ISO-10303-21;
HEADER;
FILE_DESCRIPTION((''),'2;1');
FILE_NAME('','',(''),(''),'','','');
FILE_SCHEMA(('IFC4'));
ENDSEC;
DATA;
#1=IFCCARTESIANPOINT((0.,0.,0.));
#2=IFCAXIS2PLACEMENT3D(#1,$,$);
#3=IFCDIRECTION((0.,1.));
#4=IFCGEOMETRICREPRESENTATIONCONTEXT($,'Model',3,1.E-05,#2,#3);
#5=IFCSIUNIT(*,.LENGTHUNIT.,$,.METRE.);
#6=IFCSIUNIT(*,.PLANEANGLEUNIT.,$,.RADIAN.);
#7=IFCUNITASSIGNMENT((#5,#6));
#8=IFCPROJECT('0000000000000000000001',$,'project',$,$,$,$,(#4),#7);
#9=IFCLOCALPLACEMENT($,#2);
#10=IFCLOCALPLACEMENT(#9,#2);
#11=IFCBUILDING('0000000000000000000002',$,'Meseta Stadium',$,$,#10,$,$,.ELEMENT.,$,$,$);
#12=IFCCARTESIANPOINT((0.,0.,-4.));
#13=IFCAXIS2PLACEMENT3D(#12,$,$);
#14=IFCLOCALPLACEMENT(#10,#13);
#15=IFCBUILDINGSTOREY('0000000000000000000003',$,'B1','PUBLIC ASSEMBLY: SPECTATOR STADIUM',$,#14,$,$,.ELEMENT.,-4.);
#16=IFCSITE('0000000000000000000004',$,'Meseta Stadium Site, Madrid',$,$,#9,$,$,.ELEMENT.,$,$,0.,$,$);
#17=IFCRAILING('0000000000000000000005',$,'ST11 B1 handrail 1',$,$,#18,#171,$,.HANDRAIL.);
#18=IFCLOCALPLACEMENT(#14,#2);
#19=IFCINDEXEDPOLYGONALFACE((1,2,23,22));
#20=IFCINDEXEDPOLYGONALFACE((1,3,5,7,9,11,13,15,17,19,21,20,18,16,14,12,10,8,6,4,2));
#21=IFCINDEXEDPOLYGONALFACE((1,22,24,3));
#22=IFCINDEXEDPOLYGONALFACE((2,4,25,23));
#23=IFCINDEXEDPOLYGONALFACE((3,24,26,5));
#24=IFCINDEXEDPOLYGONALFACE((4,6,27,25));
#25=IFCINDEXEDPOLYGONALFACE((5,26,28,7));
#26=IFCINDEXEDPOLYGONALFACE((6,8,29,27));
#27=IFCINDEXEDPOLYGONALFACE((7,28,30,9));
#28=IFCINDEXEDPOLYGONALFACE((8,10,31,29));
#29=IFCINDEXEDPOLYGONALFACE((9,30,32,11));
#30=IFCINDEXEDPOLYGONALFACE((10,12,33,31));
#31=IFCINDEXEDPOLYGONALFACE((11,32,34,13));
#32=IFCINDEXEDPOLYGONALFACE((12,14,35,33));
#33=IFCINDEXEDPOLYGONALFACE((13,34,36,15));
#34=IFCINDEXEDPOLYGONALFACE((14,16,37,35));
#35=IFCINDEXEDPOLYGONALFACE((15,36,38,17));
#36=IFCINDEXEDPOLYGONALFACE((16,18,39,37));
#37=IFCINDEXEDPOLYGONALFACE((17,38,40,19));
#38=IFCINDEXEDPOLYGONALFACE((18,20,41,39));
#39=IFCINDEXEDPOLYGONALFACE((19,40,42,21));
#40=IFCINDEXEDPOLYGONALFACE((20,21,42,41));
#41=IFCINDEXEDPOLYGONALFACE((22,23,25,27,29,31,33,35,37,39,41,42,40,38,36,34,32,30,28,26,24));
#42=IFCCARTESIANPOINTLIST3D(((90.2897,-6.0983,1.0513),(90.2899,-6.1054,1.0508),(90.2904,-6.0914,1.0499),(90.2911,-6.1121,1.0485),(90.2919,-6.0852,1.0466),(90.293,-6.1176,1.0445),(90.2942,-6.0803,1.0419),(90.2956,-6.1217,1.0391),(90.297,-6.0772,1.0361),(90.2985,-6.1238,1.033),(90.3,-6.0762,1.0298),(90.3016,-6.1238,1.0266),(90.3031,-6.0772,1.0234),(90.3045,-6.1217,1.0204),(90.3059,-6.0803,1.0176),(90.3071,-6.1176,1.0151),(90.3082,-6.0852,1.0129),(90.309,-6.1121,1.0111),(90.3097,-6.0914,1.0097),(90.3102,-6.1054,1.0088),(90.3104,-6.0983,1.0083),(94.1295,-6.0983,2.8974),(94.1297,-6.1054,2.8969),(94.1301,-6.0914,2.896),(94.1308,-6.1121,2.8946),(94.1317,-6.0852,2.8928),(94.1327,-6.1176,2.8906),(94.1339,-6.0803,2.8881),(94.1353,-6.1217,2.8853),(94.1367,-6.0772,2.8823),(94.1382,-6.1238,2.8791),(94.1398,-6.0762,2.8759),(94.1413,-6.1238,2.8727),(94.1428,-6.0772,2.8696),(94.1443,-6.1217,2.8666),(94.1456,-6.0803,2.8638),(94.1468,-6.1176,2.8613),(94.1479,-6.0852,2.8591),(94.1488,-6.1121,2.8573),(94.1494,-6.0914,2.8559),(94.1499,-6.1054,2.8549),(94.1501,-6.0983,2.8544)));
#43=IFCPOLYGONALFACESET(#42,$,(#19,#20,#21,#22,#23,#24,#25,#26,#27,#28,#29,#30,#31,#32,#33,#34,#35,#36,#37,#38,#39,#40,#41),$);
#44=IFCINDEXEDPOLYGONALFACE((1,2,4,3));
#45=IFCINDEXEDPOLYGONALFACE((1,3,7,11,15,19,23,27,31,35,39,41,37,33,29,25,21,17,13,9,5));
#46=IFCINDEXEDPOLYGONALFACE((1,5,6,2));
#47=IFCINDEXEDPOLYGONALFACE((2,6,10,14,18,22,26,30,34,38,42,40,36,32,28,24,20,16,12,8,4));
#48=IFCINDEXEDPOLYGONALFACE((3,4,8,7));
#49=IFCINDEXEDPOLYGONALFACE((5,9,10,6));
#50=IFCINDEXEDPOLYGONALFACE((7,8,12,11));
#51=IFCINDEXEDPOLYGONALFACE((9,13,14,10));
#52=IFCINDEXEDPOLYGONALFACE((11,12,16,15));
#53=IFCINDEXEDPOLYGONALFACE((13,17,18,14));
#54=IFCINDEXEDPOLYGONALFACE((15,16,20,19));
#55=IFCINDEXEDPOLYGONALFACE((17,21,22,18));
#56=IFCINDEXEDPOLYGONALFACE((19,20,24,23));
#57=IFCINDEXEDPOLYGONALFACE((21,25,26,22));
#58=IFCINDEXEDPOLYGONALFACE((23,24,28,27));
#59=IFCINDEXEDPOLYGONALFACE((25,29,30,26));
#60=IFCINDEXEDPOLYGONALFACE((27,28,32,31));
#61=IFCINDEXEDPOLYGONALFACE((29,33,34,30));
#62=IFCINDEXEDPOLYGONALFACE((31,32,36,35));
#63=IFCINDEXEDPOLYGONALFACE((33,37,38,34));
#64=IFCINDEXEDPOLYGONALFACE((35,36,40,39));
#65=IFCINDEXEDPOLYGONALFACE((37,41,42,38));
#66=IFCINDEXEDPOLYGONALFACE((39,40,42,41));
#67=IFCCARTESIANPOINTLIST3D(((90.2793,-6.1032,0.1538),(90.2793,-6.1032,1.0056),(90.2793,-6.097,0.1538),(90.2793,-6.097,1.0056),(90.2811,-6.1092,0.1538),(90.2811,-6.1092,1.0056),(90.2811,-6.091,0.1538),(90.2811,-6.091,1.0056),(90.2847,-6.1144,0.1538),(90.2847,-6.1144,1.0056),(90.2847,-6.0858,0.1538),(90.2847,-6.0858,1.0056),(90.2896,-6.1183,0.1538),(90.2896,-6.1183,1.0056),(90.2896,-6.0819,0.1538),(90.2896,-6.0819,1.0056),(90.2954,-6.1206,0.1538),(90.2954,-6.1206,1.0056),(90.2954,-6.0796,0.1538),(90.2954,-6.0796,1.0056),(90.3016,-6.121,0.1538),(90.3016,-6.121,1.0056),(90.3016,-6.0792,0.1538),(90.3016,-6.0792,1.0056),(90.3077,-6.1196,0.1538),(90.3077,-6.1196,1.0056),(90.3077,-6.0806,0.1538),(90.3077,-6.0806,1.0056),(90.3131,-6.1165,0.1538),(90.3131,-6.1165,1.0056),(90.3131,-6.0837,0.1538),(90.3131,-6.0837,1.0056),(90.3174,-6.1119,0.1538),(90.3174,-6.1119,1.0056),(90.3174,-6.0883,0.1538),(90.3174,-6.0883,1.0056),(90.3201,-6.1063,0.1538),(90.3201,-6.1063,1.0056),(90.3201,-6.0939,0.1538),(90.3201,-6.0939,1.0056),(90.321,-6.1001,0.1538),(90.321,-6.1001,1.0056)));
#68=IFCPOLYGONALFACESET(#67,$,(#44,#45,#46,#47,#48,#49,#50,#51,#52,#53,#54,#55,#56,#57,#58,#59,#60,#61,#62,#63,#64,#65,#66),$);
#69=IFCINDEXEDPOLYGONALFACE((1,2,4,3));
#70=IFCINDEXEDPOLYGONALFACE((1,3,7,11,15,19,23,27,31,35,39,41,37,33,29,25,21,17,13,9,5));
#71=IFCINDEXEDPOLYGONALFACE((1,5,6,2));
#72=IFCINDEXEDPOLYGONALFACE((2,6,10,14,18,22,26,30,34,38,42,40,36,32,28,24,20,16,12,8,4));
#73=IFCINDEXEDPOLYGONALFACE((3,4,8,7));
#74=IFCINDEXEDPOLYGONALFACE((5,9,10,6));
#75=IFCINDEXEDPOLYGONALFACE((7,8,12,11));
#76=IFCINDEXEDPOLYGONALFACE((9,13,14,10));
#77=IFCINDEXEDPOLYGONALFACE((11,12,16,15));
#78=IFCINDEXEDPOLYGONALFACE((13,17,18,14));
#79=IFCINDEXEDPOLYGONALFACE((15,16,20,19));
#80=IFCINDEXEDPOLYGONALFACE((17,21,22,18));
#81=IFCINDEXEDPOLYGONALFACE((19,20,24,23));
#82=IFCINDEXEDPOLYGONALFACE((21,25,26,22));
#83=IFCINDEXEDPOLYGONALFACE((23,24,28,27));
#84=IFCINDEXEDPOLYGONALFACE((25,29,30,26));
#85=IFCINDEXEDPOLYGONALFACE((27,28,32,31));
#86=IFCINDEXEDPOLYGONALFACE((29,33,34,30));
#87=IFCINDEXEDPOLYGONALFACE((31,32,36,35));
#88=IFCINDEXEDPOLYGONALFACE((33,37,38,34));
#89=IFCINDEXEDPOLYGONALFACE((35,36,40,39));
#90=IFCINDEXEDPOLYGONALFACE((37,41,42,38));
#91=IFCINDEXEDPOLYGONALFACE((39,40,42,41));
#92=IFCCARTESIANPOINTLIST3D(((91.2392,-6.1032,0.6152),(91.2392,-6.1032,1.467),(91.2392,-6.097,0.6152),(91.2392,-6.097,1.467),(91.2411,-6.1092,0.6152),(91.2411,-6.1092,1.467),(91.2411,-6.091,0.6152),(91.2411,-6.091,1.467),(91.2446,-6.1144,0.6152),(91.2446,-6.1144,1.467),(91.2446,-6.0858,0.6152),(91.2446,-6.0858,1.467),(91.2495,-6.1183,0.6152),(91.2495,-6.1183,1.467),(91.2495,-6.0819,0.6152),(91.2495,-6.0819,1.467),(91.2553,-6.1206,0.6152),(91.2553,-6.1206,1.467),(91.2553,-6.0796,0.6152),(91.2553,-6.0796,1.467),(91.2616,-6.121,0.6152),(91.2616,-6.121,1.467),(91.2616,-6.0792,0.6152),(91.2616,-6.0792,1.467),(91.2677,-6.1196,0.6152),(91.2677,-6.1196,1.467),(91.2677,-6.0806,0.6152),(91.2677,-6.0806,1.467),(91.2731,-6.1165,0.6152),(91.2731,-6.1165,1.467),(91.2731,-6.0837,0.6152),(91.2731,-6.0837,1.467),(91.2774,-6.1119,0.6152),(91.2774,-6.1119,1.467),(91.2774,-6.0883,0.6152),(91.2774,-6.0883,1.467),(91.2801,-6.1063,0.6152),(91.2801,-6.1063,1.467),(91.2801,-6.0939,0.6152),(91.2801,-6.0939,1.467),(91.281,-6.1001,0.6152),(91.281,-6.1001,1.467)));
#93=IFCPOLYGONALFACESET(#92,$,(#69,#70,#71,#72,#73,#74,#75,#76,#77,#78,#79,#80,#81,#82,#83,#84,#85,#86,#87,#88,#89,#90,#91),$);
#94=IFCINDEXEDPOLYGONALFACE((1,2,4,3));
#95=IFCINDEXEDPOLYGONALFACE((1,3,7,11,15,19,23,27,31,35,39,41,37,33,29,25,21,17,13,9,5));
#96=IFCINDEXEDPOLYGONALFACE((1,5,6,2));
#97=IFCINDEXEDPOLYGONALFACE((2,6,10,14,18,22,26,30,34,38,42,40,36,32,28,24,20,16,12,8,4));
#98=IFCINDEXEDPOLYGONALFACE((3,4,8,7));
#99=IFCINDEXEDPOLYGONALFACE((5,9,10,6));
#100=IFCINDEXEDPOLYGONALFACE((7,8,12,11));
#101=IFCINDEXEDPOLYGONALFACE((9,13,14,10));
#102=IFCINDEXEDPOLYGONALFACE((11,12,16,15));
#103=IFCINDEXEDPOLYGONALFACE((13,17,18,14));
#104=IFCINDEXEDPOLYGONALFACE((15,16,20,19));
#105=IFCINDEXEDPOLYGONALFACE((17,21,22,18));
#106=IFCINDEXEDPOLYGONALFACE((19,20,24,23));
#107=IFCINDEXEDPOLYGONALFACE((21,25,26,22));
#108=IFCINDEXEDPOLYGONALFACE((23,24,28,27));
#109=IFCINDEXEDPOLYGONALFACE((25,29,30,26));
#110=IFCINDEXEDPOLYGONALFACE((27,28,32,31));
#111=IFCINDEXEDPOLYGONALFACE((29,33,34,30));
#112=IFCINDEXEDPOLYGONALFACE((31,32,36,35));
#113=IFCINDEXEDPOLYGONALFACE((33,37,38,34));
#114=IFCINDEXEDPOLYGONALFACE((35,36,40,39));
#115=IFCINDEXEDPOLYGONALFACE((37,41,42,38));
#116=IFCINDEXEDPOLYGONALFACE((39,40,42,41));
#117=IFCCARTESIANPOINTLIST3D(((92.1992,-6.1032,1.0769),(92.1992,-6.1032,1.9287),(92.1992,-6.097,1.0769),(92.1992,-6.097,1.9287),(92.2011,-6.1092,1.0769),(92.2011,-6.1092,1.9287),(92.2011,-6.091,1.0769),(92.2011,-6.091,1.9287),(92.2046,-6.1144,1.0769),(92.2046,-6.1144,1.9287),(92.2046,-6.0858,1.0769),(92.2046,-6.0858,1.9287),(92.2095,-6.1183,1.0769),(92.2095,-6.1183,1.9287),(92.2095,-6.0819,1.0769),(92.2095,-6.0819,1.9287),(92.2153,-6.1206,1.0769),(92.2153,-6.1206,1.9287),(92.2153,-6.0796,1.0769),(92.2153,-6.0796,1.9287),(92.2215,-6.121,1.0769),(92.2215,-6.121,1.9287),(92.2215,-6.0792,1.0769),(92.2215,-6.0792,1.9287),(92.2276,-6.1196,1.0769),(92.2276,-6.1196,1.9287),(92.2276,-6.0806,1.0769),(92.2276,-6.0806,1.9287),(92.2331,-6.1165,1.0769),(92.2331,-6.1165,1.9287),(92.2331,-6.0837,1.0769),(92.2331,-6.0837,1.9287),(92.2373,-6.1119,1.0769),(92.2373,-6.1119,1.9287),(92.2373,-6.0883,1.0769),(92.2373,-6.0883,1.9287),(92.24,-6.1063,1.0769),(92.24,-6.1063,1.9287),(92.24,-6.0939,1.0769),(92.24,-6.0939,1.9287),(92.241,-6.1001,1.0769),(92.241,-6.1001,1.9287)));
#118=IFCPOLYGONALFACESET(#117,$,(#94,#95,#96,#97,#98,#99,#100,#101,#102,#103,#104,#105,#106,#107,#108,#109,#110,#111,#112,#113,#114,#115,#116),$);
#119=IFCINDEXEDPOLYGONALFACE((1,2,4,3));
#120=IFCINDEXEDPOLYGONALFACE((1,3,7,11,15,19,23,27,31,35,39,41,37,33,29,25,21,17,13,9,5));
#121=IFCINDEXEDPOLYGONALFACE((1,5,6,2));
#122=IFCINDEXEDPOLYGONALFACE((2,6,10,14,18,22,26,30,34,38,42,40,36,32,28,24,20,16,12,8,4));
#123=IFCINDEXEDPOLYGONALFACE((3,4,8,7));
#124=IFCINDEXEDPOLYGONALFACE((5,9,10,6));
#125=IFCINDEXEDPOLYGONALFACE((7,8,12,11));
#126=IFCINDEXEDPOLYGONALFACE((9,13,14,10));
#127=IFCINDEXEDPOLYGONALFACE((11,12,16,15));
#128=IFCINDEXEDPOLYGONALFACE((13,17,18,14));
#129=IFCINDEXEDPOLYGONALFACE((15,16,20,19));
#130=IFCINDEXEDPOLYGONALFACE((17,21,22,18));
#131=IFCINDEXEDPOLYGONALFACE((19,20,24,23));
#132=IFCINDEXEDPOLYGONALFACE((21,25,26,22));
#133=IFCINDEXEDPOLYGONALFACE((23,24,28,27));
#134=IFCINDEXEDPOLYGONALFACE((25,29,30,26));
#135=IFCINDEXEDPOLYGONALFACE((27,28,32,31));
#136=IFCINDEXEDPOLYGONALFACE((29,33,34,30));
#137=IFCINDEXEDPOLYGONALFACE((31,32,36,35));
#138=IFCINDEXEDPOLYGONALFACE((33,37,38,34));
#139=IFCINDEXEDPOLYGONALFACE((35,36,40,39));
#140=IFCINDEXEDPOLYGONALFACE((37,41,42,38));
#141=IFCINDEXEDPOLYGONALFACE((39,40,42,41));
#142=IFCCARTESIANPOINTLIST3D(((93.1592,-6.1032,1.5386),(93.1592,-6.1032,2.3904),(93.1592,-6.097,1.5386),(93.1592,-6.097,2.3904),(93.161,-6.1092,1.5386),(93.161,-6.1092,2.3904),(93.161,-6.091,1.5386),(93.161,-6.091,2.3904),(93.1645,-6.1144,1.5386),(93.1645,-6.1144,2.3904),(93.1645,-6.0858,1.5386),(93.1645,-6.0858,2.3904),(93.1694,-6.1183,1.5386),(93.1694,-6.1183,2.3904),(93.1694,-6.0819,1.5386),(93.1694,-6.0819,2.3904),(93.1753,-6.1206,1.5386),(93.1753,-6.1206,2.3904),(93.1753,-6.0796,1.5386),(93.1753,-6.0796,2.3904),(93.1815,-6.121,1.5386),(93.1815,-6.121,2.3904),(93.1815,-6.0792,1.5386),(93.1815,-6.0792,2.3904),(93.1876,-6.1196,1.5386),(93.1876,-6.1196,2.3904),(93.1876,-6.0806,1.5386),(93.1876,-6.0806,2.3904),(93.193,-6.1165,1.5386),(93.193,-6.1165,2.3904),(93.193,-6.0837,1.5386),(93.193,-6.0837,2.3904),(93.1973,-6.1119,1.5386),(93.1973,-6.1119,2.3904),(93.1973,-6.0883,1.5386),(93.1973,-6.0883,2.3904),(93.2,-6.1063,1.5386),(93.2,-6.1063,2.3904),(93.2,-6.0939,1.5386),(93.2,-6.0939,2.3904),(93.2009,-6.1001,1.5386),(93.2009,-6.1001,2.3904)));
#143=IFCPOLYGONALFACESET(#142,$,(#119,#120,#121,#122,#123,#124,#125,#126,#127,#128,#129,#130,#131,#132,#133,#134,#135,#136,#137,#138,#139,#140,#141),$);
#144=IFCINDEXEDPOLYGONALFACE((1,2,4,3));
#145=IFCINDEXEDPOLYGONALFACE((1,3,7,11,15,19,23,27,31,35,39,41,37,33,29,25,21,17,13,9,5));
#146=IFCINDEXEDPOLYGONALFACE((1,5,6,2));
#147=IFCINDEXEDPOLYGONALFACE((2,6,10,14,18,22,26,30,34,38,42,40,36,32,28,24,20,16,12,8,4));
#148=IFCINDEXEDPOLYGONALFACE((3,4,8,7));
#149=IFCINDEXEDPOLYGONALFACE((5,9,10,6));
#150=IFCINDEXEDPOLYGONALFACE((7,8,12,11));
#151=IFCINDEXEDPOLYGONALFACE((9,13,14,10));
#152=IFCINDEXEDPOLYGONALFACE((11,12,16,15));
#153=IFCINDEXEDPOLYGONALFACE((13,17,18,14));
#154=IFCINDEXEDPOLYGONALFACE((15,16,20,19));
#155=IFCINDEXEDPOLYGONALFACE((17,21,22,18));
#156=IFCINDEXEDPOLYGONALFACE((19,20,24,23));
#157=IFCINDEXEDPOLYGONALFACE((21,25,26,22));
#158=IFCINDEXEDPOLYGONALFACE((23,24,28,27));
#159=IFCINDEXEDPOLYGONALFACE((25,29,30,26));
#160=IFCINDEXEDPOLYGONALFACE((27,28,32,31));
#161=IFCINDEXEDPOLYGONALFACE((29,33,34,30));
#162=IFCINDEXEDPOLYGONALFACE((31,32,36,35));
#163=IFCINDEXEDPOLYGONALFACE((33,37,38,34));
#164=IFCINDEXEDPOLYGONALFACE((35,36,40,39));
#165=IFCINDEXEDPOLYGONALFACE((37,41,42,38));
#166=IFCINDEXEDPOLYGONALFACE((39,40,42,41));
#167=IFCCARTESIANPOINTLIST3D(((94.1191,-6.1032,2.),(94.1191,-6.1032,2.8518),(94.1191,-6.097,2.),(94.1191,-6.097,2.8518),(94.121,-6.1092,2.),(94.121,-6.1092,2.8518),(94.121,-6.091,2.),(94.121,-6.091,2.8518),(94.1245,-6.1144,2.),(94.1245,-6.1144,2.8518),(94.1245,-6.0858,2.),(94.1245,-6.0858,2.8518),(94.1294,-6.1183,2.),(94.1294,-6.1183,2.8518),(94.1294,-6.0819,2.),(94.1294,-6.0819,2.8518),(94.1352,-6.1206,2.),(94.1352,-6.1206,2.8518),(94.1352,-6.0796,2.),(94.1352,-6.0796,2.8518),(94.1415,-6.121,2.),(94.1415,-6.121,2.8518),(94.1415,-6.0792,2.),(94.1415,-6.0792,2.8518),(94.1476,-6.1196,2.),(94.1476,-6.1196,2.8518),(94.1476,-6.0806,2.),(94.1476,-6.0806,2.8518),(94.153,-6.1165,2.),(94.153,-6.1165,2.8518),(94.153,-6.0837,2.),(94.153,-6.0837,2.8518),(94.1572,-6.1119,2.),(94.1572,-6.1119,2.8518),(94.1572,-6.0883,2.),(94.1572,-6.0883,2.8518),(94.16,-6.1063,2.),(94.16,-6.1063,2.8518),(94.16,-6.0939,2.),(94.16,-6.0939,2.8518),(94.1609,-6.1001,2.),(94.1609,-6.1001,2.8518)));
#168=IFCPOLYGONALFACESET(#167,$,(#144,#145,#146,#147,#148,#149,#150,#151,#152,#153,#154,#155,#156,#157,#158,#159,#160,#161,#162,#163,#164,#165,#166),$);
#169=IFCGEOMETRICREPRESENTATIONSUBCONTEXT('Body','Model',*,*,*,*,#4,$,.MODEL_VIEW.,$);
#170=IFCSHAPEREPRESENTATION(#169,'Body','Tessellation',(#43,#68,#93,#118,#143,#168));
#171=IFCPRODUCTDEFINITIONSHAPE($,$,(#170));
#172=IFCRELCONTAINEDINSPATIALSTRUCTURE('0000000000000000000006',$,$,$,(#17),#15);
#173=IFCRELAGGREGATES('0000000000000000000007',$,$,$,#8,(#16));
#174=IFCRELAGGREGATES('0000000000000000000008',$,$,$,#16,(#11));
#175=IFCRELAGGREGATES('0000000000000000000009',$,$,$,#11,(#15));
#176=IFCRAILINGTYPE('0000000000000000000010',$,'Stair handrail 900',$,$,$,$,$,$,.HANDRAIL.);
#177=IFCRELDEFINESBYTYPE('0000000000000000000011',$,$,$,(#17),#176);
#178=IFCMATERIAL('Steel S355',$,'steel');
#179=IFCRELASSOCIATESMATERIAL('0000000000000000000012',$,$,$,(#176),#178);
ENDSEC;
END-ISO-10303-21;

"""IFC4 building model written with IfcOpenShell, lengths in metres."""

from ifc_helpers import new_model, si_unit, direction, frame, origin, origin_2d, place, context, subcontext, project, spatial, circle, extrude, material, type_object, element, save


model = new_model("IFC4")

# Units and contexts
model_context = context("Model", 3, precision=1e-05, world=origin(), true_north=direction((0.0, 1.0)))
body_context = subcontext(model_context, "Body", "Model", "MODEL_VIEW")
ifc_project = project(units=[si_unit("LENGTHUNIT", "METRE"), si_unit("PLANEANGLEUNIT", "RADIAN")], contexts=[model_context])

# Site, building, storey
site_placement = place(None, origin())
site = spatial("IfcSite", under=ifc_project, at=site_placement, Name="Meseta Stadium Site, Madrid", CompositionType="ELEMENT", RefElevation=0.0)
building_placement = place(site_placement, origin())
building = spatial("IfcBuilding", under=site, at=building_placement, Name="Meseta Stadium", CompositionType="ELEMENT")
storey_placement = place(building_placement, frame((0.0, 0.0, -4.0)))
storey = spatial("IfcBuildingStorey", under=building, at=storey_placement, Name="B1", Description="PUBLIC ASSEMBLY: SPECTATOR STADIUM", CompositionType="ELEMENT", Elevation=-4.0)

# Railing
ifc_material_1 = material(Name="Steel S355", Category="steel")
railing_type_1 = type_object("IfcRailingType", Name="Stair handrail 900", PredefinedType="HANDRAIL", material=ifc_material_1)
for number, where, name in (
    (1, (90.3, -6.1001, 0.1538), "ST11 B1 handrail 1"),
):
    element("IfcRailing", number, at=place(storey_placement, frame(where)), inside=storey, type_object=railing_type_1, Name=name, PredefinedType="HANDRAIL", context=body_context, shape_type="SweptSolid", body=[
        extrude(circle(Radius=0.0239, at=origin_2d()), frame((0.0, 0.0, 0.876), z_axis=(0.901242, 0.0, 0.433316), x_axis=(0.0, 1.0, 0.0)), (0.0, 0.0, 1.0), 4.2605),
        extrude(circle(Radius=0.021, at=origin_2d()), origin(), (0.0, 0.0, 1.0), 0.8518),
        extrude(circle(Radius=0.021, at=origin_2d()), frame((0.96, 0.0, 0.4614)), (0.0, 0.0, 1.0), 0.8518),
        extrude(circle(Radius=0.021, at=origin_2d()), frame((1.9199, 0.0, 0.9231)), (0.0, 0.0, 1.0), 0.8518),
        extrude(circle(Radius=0.021, at=origin_2d()), frame((2.8799, 0.0, 1.3848)), (0.0, 0.0, 1.0), 0.8518),
        extrude(circle(Radius=0.021, at=origin_2d()), frame((3.8398, 0.0, 1.8462)), (0.0, 0.0, 1.0), 0.8518),
    ])

save(model, "model.ifc")
